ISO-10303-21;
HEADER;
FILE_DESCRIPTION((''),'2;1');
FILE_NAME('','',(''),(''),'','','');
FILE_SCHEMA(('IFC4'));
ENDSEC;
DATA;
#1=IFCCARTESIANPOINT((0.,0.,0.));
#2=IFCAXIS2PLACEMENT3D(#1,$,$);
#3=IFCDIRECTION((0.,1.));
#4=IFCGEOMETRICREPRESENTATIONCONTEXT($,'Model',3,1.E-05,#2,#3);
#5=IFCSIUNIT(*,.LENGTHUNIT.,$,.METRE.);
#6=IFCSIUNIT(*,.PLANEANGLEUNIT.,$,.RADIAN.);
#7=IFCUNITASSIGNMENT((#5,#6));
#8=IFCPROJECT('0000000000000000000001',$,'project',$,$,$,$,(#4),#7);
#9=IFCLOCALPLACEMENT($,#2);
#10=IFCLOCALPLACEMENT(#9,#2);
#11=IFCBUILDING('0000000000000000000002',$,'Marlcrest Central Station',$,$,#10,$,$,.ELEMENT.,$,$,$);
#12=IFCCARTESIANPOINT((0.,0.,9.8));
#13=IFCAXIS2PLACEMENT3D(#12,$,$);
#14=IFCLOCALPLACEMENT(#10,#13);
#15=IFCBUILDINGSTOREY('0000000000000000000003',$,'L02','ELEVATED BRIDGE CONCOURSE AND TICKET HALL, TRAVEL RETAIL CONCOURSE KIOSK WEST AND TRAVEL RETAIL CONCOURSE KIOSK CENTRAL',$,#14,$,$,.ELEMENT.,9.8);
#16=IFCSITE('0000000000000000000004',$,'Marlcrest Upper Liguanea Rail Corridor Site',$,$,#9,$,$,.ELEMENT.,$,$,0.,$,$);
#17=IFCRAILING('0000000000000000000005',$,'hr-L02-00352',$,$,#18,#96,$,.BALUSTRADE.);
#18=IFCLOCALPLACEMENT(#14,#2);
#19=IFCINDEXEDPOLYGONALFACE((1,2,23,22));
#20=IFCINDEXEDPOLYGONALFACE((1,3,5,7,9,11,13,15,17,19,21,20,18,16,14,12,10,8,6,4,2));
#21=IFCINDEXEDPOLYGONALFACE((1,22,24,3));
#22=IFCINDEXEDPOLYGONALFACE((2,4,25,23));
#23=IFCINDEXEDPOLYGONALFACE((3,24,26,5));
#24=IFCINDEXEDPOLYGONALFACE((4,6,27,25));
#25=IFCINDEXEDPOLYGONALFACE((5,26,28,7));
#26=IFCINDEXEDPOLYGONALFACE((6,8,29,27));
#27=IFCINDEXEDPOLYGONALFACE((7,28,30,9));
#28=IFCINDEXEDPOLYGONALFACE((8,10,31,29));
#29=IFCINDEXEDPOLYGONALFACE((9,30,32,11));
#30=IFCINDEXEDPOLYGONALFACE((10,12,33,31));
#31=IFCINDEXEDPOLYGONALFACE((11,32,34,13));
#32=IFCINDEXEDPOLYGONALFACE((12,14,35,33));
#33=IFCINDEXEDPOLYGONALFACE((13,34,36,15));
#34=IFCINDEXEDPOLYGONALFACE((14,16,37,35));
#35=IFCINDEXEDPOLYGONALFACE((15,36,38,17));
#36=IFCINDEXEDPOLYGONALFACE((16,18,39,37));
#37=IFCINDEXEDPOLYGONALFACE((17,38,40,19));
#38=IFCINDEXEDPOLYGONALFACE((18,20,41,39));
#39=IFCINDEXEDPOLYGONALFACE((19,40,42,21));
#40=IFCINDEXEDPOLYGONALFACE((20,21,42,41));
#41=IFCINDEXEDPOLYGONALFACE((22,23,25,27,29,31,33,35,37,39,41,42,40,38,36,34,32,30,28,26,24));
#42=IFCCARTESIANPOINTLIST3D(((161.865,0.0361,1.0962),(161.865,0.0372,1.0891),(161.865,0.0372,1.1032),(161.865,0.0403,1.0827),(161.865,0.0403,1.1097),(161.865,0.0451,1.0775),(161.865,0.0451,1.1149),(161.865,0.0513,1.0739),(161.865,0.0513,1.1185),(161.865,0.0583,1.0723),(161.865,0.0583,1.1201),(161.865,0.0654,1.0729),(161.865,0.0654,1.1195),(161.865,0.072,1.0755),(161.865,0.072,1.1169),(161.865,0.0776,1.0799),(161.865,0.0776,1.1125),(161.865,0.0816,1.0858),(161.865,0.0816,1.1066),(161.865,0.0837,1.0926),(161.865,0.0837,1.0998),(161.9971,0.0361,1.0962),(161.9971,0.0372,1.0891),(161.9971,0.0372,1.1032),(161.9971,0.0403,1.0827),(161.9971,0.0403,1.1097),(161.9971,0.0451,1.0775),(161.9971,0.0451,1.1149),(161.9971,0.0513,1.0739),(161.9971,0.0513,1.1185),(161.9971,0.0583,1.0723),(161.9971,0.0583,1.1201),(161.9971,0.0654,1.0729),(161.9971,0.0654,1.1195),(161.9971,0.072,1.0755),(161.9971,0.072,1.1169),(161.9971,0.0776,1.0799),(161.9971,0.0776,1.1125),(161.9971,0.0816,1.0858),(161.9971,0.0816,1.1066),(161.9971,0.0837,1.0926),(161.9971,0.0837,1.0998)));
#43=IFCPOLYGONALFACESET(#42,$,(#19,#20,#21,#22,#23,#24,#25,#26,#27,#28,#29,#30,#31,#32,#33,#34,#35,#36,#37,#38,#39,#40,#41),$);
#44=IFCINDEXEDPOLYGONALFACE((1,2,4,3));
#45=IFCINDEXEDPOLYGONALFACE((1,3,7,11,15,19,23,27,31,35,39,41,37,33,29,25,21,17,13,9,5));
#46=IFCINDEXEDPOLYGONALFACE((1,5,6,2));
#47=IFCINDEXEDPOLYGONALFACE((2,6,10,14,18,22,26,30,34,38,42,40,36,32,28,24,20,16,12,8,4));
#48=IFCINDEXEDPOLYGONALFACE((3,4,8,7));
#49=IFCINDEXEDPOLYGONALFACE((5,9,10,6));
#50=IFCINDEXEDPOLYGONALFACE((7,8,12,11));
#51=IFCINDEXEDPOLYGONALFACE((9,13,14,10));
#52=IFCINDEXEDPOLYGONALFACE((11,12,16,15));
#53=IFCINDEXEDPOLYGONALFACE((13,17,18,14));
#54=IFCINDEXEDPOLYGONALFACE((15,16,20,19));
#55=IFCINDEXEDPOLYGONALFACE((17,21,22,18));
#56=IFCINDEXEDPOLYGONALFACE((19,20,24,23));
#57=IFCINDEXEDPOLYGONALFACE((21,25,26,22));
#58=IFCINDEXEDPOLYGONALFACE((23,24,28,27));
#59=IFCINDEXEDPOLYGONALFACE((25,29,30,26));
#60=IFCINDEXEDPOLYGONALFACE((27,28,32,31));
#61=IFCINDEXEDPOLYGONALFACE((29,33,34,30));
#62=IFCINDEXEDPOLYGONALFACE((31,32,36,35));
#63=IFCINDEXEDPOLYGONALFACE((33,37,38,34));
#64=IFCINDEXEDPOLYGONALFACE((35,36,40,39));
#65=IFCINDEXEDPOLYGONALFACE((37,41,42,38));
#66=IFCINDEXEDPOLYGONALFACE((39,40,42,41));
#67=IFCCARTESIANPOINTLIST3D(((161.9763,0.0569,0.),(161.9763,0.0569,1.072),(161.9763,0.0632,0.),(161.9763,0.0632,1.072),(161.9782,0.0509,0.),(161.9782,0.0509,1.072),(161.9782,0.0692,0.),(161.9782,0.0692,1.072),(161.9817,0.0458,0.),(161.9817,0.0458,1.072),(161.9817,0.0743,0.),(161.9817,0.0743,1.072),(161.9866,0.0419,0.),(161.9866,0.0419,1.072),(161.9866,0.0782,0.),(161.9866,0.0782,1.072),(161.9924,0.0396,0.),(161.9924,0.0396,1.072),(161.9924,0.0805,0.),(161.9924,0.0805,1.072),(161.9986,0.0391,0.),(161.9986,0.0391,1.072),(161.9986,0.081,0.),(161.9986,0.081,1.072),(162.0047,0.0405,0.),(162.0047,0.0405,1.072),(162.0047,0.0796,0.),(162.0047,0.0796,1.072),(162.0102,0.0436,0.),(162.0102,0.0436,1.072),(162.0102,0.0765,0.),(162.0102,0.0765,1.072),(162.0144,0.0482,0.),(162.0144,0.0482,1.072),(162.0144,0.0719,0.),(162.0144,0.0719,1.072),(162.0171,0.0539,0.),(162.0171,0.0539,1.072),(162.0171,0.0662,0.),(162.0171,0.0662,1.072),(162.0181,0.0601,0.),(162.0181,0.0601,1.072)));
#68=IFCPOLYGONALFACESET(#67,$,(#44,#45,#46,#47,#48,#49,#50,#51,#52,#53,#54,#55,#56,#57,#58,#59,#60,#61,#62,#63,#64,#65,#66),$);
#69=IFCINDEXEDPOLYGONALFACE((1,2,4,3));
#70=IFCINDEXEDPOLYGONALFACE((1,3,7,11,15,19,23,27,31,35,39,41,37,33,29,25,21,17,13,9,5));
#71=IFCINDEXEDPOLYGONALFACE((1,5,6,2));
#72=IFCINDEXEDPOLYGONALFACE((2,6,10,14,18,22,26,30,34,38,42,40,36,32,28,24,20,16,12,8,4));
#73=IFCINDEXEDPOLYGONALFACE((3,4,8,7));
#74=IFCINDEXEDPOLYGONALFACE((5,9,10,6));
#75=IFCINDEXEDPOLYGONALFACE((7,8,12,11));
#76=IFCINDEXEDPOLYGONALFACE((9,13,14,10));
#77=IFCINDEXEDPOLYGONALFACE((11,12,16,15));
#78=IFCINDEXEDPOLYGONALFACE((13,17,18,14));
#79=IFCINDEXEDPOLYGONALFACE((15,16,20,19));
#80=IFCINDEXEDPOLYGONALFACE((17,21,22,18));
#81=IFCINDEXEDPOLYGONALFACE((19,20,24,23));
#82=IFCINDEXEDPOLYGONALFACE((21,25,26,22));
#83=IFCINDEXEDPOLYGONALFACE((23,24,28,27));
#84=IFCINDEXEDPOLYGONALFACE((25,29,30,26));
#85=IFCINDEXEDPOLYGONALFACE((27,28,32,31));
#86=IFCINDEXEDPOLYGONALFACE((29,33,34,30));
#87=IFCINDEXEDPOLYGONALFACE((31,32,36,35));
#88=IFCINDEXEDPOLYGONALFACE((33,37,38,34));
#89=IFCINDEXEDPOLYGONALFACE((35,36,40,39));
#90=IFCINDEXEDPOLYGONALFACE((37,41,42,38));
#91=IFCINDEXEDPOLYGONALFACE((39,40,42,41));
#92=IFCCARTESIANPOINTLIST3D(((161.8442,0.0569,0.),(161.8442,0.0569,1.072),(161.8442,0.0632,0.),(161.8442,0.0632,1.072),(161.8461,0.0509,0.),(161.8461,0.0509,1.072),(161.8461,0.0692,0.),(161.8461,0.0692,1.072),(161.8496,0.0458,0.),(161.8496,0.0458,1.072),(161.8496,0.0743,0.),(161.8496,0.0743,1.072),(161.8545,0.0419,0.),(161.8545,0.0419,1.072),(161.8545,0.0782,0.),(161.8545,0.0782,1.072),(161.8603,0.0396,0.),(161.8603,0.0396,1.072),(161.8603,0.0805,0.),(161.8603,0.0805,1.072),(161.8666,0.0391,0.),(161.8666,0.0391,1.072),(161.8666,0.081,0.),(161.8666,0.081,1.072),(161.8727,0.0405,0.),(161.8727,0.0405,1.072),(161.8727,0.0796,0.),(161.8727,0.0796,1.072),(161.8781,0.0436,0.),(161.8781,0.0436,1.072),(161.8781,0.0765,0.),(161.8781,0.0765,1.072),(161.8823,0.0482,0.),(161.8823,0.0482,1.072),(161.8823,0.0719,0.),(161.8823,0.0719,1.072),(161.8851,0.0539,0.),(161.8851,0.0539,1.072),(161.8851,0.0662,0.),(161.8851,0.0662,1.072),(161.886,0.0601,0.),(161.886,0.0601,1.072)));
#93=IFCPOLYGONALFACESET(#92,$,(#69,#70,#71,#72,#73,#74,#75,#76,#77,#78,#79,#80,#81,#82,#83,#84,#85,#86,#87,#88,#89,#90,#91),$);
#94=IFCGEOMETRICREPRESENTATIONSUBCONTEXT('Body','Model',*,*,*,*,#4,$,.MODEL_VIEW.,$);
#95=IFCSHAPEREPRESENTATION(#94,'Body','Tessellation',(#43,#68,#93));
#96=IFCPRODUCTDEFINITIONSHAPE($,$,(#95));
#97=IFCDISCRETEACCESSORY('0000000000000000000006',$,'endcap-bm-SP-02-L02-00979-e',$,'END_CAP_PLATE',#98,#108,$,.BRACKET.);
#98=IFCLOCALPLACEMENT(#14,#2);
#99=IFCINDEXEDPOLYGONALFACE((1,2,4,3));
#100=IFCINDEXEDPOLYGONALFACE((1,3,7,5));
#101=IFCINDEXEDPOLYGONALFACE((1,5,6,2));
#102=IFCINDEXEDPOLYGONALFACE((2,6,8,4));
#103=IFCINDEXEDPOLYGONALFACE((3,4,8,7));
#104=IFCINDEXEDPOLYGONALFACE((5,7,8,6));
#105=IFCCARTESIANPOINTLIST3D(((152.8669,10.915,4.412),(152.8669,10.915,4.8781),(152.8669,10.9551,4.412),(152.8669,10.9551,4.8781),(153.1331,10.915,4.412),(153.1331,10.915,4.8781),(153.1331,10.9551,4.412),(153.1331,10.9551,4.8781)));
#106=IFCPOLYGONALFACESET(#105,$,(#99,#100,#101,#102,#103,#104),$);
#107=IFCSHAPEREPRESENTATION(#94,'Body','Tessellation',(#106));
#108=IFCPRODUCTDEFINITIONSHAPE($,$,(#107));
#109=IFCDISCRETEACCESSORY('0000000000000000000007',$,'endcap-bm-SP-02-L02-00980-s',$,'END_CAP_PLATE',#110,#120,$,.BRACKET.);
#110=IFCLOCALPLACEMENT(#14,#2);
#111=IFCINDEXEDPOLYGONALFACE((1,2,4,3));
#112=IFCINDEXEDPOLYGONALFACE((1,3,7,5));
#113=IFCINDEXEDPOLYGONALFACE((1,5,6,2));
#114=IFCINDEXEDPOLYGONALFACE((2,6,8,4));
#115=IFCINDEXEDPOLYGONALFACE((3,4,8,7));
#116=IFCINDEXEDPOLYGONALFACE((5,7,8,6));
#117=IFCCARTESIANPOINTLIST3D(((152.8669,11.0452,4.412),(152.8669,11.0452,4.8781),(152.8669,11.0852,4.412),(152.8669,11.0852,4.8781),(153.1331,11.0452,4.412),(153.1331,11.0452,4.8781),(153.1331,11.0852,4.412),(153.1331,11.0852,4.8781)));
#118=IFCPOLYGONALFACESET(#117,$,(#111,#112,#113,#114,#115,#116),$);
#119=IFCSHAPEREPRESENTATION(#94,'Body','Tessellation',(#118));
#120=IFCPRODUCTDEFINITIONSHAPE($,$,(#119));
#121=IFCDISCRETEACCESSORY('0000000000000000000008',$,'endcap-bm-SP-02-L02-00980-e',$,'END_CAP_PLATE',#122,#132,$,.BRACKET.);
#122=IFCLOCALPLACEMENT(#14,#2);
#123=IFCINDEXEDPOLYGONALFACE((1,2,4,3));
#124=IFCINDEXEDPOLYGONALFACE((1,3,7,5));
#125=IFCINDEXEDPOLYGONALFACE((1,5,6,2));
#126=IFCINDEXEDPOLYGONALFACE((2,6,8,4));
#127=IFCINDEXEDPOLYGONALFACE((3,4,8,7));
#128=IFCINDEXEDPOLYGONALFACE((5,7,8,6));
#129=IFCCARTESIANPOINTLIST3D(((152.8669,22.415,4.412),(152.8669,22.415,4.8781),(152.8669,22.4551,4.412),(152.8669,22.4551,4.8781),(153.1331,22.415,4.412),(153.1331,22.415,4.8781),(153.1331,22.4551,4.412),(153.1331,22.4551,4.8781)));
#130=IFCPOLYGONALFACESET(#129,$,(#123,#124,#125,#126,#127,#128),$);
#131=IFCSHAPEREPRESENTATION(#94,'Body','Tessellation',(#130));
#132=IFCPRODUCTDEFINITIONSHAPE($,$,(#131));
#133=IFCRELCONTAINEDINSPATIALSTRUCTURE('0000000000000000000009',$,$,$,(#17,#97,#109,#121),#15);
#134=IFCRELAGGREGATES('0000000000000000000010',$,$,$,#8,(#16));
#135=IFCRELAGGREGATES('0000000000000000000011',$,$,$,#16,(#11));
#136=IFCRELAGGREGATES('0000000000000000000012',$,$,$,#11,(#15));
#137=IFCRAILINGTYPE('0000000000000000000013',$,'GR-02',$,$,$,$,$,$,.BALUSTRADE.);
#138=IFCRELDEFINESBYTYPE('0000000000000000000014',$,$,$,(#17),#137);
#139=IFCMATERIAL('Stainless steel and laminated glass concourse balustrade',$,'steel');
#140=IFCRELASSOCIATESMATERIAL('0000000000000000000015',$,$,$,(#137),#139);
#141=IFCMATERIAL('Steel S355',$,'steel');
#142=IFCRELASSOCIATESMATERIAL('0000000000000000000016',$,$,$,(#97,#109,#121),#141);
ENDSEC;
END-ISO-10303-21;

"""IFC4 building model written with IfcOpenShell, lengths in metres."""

from ifc_helpers import new_model, si_unit, direction, frame, origin, origin_2d, place, context, subcontext, project, spatial, rectangle, circle, extrude, material, type_object, element, save


model = new_model("IFC4")

# Units and contexts
model_context = context("Model", 3, precision=1e-05, world=origin(), true_north=direction((0.0, 1.0)))
body_context = subcontext(model_context, "Body", "Model", "MODEL_VIEW")
ifc_project = project(units=[si_unit("LENGTHUNIT", "METRE"), si_unit("PLANEANGLEUNIT", "RADIAN")], contexts=[model_context])

# Site, building, storey
site_placement = place(None, origin())
site = spatial("IfcSite", under=ifc_project, at=site_placement, Name="Marlcrest Upper Liguanea Rail Corridor Site", CompositionType="ELEMENT", RefElevation=0.0)
building_placement = place(site_placement, origin())
building = spatial("IfcBuilding", under=site, at=building_placement, Name="Marlcrest Central Station", CompositionType="ELEMENT")
storey_placement = place(building_placement, frame((0.0, 0.0, 9.8)))
storey = spatial("IfcBuildingStorey", under=building, at=storey_placement, Name="L02", Description="ELEVATED BRIDGE CONCOURSE AND TICKET HALL, TRAVEL RETAIL CONCOURSE KIOSK WEST AND TRAVEL RETAIL CONCOURSE KIOSK CENTRAL", CompositionType="ELEMENT", Elevation=9.8)

# Shared definitions
ifc_material_1 = material(Name="Steel S355", Category="steel")

# Railing
ifc_material_2 = material(Name="Stainless steel and laminated glass concourse balustrade", Category="steel")
railing_type = type_object("IfcRailingType", Name="GR-02", PredefinedType="BALUSTRADE", material=ifc_material_2)
railing_1_placement = place(storey_placement, frame((161.9971, 0.0601, 0.0)))
element("IfcRailing", 1, at=railing_1_placement, inside=storey, type_object=railing_type, Name="hr-L02-00352", PredefinedType="BALUSTRADE", context=body_context, shape_type="SweptSolid", body=[
    extrude(circle(Radius=0.0239, at=origin_2d()), frame((0.0, 0.0, 1.0962), z_axis=(-1.0, 0.0, 0.0), x_axis=(0.0, -1.0, 0.0)), (0.0, 0.0, 1.0), 0.1321),
    extrude(circle(Radius=0.021, at=origin_2d()), origin(), (0.0, 0.0, 1.0), 1.072),
    extrude(circle(Radius=0.021, at=origin_2d()), frame((-0.1321, 0.0, 0.0)), (0.0, 0.0, 1.0), 1.072),
])

# Discrete accessories
for number, where, z_axis, x_axis, name in (
    (2, (153.0, 10.915, 4.645), (0.0, 1.0, 0.0), (-1.0, 0.0, 0.0), "endcap-bm-SP-02-L02-00979-e"),
    (3, (153.0, 11.0452, 4.645), (0.0, 1.0, 0.0), (-1.0, 0.0, 0.0), "endcap-bm-SP-02-L02-00980-s"),
    (4, (153.0, 22.415, 4.645), (0.0, 1.0, 0.0), (-1.0, 0.0, 0.0), "endcap-bm-SP-02-L02-00980-e"),
):
    element("IfcDiscreteAccessory", number, at=place(storey_placement, frame(where, z_axis=z_axis, x_axis=x_axis)), inside=storey, material=ifc_material_1, Name=name, ObjectType="END_CAP_PLATE", PredefinedType="BRACKET", context=body_context, shape_type="SweptSolid", body=[
        extrude(rectangle(XDim=0.2661, YDim=0.4661, at=origin_2d()), origin(), (0.0, 0.0, 1.0), 0.04),
    ])

save(model, "model.ifc")
